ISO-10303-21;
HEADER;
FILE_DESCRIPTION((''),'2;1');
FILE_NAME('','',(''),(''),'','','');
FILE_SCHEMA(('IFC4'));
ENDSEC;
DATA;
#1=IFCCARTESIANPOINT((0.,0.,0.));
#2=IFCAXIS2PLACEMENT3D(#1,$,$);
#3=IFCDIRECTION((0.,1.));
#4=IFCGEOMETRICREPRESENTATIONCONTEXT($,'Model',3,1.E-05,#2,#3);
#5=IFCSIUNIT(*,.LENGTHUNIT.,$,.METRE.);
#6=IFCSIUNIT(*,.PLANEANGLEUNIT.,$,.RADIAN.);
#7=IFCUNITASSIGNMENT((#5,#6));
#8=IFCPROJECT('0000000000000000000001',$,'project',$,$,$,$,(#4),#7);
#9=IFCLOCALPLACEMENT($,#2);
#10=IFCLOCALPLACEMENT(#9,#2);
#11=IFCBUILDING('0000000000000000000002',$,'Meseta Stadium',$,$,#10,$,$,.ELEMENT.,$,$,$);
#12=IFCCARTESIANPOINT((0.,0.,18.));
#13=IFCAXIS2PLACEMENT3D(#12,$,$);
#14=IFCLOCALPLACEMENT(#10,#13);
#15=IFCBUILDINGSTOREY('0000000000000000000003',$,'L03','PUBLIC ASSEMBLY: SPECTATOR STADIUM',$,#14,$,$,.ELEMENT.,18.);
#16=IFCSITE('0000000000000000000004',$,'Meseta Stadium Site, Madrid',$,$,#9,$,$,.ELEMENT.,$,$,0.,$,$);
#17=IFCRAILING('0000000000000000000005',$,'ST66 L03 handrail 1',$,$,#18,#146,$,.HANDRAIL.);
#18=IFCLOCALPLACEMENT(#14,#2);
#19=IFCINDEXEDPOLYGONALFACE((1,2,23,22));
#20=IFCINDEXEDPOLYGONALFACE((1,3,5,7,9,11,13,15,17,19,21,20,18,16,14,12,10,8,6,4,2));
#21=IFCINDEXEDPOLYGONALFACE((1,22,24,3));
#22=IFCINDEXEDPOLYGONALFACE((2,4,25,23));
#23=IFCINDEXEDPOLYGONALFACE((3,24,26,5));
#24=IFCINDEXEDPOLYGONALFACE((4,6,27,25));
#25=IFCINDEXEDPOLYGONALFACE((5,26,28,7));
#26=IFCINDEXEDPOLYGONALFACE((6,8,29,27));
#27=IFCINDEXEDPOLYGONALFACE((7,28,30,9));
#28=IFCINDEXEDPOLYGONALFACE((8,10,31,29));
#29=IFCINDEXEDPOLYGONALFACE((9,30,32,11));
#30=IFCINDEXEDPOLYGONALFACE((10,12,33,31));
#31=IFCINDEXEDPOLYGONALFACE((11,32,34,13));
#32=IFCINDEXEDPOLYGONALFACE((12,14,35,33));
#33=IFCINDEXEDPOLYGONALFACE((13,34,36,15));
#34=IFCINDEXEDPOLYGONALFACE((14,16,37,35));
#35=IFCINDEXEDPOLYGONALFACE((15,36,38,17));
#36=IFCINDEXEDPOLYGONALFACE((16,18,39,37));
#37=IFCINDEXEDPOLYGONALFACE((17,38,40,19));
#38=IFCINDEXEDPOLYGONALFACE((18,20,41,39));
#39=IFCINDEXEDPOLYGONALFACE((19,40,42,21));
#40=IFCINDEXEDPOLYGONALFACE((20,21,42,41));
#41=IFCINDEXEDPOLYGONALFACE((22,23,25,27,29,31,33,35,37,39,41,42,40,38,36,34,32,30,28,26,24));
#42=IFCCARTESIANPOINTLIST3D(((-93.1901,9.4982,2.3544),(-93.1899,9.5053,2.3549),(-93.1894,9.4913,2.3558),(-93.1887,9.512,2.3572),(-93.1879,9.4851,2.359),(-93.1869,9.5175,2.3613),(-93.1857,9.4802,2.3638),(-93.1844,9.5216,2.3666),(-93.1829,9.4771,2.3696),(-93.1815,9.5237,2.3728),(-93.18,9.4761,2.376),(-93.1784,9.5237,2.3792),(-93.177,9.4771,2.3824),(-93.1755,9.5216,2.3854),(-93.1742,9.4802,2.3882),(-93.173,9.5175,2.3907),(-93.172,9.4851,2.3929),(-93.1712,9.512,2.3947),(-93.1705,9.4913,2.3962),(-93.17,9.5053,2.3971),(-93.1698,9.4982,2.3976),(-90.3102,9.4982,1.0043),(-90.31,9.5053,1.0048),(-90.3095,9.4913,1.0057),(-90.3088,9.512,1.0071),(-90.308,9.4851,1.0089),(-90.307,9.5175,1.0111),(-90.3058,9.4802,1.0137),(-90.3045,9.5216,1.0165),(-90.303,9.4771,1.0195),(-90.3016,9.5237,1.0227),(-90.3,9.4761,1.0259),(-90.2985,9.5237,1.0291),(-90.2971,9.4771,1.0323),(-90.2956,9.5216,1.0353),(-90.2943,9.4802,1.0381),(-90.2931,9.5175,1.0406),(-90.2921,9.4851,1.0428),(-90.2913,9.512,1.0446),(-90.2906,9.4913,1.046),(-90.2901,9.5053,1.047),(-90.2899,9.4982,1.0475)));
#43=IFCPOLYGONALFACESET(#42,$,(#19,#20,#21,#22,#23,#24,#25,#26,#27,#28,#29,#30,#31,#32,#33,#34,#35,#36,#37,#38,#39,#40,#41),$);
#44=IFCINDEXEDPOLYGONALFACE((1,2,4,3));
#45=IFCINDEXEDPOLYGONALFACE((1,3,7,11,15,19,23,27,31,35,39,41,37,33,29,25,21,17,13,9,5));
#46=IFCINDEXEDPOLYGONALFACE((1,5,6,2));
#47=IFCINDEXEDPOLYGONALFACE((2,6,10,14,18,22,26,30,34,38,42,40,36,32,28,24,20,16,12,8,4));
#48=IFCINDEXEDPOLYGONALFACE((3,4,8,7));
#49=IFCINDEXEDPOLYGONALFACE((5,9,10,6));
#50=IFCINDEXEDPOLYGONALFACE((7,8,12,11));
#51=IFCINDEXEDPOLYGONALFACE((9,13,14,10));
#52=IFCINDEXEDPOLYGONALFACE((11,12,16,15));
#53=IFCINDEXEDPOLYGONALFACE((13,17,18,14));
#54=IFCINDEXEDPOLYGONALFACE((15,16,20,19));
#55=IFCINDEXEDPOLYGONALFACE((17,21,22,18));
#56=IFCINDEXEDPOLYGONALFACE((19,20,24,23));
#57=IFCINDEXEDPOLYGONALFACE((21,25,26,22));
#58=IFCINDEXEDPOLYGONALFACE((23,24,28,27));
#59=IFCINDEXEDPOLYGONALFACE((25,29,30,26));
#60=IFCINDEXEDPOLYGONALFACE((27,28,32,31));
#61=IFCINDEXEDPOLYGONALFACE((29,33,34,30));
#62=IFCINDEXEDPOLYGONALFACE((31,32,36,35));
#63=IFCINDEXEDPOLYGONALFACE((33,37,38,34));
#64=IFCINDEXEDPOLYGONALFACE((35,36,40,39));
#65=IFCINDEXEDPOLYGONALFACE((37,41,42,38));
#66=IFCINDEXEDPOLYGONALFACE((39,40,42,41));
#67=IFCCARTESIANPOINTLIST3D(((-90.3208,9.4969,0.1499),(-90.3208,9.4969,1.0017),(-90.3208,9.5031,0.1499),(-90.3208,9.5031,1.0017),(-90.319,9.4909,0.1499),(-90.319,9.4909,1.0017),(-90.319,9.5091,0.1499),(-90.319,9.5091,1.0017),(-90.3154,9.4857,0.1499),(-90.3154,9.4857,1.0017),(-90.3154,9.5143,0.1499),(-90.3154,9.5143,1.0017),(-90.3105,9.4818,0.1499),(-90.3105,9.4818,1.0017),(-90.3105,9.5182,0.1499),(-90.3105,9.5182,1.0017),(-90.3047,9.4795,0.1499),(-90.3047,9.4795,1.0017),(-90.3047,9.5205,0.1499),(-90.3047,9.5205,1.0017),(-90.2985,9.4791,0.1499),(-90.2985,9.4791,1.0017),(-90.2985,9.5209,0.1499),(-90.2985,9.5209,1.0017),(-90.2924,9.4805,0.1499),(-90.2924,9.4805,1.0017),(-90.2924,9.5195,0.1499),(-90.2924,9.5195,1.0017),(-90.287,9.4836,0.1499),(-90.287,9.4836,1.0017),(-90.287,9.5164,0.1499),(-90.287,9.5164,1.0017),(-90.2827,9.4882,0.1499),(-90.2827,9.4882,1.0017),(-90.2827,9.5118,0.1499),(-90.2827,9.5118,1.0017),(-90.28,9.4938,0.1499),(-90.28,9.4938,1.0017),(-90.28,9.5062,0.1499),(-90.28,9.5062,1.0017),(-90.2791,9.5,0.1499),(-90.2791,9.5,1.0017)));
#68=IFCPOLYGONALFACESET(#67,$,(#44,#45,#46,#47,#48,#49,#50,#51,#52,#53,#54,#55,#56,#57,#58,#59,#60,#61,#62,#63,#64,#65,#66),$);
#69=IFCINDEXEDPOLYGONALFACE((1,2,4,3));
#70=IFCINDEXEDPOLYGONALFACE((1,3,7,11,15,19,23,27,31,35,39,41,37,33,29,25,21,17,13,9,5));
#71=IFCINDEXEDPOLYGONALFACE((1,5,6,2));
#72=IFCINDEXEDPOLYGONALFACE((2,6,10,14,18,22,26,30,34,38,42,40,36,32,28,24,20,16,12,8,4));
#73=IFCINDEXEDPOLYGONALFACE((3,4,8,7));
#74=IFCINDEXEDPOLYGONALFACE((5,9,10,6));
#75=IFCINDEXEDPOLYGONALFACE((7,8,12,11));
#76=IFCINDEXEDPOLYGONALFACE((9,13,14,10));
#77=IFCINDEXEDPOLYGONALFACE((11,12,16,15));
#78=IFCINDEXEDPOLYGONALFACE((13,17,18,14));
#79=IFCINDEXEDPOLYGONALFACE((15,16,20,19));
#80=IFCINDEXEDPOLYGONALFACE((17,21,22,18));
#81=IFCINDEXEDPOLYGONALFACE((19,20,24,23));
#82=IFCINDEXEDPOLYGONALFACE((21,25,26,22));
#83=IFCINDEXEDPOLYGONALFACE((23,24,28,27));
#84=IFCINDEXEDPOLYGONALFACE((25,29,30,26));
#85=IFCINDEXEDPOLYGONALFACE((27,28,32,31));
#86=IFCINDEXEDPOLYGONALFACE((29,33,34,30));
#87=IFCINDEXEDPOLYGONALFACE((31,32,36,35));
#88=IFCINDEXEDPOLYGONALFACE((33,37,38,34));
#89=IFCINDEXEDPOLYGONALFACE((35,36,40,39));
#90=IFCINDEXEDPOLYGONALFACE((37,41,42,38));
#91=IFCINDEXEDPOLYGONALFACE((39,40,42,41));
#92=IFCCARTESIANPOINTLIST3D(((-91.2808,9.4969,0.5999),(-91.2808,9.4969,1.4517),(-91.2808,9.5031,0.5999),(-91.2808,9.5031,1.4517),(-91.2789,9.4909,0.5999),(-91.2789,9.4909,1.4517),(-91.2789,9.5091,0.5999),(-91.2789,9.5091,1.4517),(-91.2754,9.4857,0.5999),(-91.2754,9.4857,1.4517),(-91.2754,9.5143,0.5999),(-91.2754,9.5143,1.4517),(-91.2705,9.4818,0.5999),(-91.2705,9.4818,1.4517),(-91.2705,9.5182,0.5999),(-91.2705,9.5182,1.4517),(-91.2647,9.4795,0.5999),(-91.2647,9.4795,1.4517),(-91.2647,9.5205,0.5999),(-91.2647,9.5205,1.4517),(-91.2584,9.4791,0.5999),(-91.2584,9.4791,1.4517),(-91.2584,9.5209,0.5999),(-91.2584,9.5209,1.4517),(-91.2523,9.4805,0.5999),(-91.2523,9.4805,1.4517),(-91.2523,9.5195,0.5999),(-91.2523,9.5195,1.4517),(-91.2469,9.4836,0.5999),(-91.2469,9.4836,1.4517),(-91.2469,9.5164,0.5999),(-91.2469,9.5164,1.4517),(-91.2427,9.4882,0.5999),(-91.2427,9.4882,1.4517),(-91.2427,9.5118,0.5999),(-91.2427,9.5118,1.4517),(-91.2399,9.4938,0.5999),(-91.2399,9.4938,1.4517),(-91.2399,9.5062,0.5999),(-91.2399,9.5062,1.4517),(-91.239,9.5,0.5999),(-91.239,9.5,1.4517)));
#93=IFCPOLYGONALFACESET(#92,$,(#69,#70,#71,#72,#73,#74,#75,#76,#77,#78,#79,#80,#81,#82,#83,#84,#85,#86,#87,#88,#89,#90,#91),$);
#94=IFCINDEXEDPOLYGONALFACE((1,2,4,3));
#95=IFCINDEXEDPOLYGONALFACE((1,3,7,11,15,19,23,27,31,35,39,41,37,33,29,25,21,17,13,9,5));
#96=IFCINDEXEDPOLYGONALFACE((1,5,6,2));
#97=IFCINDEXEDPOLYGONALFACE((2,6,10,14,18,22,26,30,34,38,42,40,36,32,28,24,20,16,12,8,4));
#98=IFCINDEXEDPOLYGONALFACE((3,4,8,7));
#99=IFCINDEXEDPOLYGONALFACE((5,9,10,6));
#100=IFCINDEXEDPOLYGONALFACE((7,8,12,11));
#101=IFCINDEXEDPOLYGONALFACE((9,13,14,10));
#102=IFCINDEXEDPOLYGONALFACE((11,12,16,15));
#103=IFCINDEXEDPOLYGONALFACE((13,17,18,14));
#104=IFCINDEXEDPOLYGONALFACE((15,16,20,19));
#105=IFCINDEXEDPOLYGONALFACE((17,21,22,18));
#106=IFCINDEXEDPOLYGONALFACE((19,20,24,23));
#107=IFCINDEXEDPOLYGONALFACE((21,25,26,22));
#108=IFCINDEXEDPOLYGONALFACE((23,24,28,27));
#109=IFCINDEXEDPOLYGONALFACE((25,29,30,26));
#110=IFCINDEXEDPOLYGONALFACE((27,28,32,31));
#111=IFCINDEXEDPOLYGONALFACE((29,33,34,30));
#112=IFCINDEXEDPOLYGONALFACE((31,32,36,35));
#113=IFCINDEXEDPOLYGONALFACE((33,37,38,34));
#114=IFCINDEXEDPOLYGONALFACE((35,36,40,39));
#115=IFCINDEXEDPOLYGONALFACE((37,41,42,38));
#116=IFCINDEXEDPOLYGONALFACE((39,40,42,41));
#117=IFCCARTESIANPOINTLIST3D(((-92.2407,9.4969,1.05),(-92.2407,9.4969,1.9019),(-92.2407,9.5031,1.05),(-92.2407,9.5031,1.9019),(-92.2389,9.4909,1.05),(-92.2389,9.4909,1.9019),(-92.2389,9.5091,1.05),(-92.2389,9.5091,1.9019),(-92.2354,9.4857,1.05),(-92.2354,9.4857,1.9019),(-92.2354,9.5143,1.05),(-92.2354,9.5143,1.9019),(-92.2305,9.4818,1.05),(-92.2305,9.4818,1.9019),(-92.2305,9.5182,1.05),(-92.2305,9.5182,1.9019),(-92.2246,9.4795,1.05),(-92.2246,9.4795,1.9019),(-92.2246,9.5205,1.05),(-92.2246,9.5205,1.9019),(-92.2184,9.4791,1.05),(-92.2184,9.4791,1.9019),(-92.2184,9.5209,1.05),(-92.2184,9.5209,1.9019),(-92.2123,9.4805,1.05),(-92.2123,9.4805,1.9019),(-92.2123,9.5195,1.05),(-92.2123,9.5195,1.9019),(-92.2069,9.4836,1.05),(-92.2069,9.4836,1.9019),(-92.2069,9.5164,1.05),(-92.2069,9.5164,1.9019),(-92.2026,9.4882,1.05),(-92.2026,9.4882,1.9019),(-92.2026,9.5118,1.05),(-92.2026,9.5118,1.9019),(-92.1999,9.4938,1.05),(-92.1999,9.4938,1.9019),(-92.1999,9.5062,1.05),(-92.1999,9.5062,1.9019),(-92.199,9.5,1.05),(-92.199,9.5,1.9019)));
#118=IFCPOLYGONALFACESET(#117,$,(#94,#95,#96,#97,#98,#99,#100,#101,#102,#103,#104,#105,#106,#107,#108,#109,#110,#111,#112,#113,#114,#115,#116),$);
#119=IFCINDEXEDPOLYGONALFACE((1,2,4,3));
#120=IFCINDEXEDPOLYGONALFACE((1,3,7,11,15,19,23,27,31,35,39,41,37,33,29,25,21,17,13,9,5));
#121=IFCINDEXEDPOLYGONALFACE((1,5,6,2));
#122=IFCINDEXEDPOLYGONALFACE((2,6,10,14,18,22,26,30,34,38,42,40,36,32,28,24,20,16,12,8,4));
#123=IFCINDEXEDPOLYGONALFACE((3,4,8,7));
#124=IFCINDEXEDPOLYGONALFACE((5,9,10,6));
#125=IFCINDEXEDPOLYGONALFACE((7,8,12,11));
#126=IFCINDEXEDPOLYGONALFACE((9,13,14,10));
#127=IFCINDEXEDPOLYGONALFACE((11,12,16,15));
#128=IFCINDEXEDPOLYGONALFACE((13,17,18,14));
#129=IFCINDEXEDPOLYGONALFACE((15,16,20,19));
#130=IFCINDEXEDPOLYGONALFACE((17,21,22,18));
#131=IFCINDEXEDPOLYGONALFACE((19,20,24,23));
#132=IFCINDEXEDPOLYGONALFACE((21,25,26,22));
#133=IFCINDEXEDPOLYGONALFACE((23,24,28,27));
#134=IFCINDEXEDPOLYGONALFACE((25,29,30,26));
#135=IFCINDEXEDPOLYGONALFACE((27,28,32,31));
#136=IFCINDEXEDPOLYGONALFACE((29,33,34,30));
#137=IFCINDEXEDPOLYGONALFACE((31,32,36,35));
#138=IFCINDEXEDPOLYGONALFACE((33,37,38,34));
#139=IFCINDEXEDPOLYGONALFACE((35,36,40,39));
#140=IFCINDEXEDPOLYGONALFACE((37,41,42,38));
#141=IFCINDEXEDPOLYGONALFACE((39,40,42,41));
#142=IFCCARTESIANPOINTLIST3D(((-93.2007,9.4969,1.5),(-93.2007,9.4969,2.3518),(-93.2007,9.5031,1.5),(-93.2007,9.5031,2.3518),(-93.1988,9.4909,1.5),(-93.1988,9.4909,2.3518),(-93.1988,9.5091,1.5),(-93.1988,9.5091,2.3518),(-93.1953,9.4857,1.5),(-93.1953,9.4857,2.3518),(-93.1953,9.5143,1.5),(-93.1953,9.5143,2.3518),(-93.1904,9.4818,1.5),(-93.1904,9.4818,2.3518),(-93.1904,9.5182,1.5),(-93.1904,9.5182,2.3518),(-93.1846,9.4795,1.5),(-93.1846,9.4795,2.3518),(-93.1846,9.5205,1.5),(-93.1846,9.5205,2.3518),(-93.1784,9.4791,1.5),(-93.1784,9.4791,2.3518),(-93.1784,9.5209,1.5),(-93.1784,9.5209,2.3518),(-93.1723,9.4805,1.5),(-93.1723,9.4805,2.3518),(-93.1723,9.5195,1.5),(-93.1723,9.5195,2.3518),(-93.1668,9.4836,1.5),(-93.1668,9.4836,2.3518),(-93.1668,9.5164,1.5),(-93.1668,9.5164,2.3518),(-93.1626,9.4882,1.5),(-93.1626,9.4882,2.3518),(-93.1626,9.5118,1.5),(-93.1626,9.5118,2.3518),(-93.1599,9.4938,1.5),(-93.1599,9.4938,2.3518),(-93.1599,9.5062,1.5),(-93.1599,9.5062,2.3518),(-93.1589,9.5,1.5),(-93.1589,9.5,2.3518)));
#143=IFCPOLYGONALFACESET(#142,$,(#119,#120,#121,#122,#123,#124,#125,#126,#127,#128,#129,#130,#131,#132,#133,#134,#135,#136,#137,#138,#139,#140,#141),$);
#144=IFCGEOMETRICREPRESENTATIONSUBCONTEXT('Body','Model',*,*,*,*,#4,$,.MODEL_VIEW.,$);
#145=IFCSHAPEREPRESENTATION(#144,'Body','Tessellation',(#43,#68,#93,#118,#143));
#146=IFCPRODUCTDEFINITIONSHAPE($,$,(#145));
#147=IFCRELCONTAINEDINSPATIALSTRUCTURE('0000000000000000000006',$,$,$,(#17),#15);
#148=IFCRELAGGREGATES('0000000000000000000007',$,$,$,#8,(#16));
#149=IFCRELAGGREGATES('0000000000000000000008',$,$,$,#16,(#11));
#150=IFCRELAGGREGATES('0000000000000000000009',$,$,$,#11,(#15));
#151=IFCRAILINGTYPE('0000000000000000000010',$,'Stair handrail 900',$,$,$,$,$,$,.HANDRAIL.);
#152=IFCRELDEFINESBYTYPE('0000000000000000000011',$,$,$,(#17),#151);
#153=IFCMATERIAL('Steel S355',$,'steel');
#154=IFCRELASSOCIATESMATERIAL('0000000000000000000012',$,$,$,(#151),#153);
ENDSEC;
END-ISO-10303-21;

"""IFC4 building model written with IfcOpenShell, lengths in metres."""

from ifc_helpers import new_model, si_unit, direction, frame, origin, origin_2d, place, context, subcontext, project, spatial, circle, extrude, material, type_object, element, save


model = new_model("IFC4")

# Units and contexts
model_context = context("Model", 3, precision=1e-05, world=origin(), true_north=direction((0.0, 1.0)))
body_context = subcontext(model_context, "Body", "Model", "MODEL_VIEW")
ifc_project = project(units=[si_unit("LENGTHUNIT", "METRE"), si_unit("PLANEANGLEUNIT", "RADIAN")], contexts=[model_context])

# Site, building, storey
site_placement = place(None, origin())
site = spatial("IfcSite", under=ifc_project, at=site_placement, Name="Meseta Stadium Site, Madrid", CompositionType="ELEMENT", RefElevation=0.0)
building_placement = place(site_placement, origin())
building = spatial("IfcBuilding", under=site, at=building_placement, Name="Meseta Stadium", CompositionType="ELEMENT")
storey_placement = place(building_placement, frame((0.0, 0.0, 18.0)))
storey = spatial("IfcBuildingStorey", under=building, at=storey_placement, Name="L03", Description="PUBLIC ASSEMBLY: SPECTATOR STADIUM", CompositionType="ELEMENT", Elevation=18.0)

# Railing
ifc_material_1 = material(Name="Steel S355", Category="steel")
railing_type_1 = type_object("IfcRailingType", Name="Stair handrail 900", PredefinedType="HANDRAIL", material=ifc_material_1)
for number, where, name in (
    (1, (-90.3, 9.5, 0.1499), "ST66 L03 handrail 1"),
):
    element("IfcRailing", number, at=place(storey_placement, frame(where)), inside=storey, type_object=railing_type_1, Name=name, PredefinedType="HANDRAIL", context=body_context, shape_type="SweptSolid", body=[
        extrude(circle(Radius=0.0239, at=origin_2d()), frame((0.0, 0.0, 0.876), z_axis=(-0.90544, 0.0, 0.424473), x_axis=(0.0, -1.0, 0.0)), (0.0, 0.0, 1.0), 3.1807),
        extrude(circle(Radius=0.021, at=origin_2d()), origin(), (0.0, 0.0, 1.0), 0.8518),
        extrude(circle(Radius=0.021, at=origin_2d()), frame((-0.96, 0.0, 0.45)), (0.0, 0.0, 1.0), 0.8518),
        extrude(circle(Radius=0.021, at=origin_2d()), frame((-1.9199, 0.0, 0.9001)), (0.0, 0.0, 1.0), 0.8518),
        extrude(circle(Radius=0.021, at=origin_2d()), frame((-2.8799, 0.0, 1.3501)), (0.0, 0.0, 1.0), 0.8518),
    ])

save(model, "model.ifc")
